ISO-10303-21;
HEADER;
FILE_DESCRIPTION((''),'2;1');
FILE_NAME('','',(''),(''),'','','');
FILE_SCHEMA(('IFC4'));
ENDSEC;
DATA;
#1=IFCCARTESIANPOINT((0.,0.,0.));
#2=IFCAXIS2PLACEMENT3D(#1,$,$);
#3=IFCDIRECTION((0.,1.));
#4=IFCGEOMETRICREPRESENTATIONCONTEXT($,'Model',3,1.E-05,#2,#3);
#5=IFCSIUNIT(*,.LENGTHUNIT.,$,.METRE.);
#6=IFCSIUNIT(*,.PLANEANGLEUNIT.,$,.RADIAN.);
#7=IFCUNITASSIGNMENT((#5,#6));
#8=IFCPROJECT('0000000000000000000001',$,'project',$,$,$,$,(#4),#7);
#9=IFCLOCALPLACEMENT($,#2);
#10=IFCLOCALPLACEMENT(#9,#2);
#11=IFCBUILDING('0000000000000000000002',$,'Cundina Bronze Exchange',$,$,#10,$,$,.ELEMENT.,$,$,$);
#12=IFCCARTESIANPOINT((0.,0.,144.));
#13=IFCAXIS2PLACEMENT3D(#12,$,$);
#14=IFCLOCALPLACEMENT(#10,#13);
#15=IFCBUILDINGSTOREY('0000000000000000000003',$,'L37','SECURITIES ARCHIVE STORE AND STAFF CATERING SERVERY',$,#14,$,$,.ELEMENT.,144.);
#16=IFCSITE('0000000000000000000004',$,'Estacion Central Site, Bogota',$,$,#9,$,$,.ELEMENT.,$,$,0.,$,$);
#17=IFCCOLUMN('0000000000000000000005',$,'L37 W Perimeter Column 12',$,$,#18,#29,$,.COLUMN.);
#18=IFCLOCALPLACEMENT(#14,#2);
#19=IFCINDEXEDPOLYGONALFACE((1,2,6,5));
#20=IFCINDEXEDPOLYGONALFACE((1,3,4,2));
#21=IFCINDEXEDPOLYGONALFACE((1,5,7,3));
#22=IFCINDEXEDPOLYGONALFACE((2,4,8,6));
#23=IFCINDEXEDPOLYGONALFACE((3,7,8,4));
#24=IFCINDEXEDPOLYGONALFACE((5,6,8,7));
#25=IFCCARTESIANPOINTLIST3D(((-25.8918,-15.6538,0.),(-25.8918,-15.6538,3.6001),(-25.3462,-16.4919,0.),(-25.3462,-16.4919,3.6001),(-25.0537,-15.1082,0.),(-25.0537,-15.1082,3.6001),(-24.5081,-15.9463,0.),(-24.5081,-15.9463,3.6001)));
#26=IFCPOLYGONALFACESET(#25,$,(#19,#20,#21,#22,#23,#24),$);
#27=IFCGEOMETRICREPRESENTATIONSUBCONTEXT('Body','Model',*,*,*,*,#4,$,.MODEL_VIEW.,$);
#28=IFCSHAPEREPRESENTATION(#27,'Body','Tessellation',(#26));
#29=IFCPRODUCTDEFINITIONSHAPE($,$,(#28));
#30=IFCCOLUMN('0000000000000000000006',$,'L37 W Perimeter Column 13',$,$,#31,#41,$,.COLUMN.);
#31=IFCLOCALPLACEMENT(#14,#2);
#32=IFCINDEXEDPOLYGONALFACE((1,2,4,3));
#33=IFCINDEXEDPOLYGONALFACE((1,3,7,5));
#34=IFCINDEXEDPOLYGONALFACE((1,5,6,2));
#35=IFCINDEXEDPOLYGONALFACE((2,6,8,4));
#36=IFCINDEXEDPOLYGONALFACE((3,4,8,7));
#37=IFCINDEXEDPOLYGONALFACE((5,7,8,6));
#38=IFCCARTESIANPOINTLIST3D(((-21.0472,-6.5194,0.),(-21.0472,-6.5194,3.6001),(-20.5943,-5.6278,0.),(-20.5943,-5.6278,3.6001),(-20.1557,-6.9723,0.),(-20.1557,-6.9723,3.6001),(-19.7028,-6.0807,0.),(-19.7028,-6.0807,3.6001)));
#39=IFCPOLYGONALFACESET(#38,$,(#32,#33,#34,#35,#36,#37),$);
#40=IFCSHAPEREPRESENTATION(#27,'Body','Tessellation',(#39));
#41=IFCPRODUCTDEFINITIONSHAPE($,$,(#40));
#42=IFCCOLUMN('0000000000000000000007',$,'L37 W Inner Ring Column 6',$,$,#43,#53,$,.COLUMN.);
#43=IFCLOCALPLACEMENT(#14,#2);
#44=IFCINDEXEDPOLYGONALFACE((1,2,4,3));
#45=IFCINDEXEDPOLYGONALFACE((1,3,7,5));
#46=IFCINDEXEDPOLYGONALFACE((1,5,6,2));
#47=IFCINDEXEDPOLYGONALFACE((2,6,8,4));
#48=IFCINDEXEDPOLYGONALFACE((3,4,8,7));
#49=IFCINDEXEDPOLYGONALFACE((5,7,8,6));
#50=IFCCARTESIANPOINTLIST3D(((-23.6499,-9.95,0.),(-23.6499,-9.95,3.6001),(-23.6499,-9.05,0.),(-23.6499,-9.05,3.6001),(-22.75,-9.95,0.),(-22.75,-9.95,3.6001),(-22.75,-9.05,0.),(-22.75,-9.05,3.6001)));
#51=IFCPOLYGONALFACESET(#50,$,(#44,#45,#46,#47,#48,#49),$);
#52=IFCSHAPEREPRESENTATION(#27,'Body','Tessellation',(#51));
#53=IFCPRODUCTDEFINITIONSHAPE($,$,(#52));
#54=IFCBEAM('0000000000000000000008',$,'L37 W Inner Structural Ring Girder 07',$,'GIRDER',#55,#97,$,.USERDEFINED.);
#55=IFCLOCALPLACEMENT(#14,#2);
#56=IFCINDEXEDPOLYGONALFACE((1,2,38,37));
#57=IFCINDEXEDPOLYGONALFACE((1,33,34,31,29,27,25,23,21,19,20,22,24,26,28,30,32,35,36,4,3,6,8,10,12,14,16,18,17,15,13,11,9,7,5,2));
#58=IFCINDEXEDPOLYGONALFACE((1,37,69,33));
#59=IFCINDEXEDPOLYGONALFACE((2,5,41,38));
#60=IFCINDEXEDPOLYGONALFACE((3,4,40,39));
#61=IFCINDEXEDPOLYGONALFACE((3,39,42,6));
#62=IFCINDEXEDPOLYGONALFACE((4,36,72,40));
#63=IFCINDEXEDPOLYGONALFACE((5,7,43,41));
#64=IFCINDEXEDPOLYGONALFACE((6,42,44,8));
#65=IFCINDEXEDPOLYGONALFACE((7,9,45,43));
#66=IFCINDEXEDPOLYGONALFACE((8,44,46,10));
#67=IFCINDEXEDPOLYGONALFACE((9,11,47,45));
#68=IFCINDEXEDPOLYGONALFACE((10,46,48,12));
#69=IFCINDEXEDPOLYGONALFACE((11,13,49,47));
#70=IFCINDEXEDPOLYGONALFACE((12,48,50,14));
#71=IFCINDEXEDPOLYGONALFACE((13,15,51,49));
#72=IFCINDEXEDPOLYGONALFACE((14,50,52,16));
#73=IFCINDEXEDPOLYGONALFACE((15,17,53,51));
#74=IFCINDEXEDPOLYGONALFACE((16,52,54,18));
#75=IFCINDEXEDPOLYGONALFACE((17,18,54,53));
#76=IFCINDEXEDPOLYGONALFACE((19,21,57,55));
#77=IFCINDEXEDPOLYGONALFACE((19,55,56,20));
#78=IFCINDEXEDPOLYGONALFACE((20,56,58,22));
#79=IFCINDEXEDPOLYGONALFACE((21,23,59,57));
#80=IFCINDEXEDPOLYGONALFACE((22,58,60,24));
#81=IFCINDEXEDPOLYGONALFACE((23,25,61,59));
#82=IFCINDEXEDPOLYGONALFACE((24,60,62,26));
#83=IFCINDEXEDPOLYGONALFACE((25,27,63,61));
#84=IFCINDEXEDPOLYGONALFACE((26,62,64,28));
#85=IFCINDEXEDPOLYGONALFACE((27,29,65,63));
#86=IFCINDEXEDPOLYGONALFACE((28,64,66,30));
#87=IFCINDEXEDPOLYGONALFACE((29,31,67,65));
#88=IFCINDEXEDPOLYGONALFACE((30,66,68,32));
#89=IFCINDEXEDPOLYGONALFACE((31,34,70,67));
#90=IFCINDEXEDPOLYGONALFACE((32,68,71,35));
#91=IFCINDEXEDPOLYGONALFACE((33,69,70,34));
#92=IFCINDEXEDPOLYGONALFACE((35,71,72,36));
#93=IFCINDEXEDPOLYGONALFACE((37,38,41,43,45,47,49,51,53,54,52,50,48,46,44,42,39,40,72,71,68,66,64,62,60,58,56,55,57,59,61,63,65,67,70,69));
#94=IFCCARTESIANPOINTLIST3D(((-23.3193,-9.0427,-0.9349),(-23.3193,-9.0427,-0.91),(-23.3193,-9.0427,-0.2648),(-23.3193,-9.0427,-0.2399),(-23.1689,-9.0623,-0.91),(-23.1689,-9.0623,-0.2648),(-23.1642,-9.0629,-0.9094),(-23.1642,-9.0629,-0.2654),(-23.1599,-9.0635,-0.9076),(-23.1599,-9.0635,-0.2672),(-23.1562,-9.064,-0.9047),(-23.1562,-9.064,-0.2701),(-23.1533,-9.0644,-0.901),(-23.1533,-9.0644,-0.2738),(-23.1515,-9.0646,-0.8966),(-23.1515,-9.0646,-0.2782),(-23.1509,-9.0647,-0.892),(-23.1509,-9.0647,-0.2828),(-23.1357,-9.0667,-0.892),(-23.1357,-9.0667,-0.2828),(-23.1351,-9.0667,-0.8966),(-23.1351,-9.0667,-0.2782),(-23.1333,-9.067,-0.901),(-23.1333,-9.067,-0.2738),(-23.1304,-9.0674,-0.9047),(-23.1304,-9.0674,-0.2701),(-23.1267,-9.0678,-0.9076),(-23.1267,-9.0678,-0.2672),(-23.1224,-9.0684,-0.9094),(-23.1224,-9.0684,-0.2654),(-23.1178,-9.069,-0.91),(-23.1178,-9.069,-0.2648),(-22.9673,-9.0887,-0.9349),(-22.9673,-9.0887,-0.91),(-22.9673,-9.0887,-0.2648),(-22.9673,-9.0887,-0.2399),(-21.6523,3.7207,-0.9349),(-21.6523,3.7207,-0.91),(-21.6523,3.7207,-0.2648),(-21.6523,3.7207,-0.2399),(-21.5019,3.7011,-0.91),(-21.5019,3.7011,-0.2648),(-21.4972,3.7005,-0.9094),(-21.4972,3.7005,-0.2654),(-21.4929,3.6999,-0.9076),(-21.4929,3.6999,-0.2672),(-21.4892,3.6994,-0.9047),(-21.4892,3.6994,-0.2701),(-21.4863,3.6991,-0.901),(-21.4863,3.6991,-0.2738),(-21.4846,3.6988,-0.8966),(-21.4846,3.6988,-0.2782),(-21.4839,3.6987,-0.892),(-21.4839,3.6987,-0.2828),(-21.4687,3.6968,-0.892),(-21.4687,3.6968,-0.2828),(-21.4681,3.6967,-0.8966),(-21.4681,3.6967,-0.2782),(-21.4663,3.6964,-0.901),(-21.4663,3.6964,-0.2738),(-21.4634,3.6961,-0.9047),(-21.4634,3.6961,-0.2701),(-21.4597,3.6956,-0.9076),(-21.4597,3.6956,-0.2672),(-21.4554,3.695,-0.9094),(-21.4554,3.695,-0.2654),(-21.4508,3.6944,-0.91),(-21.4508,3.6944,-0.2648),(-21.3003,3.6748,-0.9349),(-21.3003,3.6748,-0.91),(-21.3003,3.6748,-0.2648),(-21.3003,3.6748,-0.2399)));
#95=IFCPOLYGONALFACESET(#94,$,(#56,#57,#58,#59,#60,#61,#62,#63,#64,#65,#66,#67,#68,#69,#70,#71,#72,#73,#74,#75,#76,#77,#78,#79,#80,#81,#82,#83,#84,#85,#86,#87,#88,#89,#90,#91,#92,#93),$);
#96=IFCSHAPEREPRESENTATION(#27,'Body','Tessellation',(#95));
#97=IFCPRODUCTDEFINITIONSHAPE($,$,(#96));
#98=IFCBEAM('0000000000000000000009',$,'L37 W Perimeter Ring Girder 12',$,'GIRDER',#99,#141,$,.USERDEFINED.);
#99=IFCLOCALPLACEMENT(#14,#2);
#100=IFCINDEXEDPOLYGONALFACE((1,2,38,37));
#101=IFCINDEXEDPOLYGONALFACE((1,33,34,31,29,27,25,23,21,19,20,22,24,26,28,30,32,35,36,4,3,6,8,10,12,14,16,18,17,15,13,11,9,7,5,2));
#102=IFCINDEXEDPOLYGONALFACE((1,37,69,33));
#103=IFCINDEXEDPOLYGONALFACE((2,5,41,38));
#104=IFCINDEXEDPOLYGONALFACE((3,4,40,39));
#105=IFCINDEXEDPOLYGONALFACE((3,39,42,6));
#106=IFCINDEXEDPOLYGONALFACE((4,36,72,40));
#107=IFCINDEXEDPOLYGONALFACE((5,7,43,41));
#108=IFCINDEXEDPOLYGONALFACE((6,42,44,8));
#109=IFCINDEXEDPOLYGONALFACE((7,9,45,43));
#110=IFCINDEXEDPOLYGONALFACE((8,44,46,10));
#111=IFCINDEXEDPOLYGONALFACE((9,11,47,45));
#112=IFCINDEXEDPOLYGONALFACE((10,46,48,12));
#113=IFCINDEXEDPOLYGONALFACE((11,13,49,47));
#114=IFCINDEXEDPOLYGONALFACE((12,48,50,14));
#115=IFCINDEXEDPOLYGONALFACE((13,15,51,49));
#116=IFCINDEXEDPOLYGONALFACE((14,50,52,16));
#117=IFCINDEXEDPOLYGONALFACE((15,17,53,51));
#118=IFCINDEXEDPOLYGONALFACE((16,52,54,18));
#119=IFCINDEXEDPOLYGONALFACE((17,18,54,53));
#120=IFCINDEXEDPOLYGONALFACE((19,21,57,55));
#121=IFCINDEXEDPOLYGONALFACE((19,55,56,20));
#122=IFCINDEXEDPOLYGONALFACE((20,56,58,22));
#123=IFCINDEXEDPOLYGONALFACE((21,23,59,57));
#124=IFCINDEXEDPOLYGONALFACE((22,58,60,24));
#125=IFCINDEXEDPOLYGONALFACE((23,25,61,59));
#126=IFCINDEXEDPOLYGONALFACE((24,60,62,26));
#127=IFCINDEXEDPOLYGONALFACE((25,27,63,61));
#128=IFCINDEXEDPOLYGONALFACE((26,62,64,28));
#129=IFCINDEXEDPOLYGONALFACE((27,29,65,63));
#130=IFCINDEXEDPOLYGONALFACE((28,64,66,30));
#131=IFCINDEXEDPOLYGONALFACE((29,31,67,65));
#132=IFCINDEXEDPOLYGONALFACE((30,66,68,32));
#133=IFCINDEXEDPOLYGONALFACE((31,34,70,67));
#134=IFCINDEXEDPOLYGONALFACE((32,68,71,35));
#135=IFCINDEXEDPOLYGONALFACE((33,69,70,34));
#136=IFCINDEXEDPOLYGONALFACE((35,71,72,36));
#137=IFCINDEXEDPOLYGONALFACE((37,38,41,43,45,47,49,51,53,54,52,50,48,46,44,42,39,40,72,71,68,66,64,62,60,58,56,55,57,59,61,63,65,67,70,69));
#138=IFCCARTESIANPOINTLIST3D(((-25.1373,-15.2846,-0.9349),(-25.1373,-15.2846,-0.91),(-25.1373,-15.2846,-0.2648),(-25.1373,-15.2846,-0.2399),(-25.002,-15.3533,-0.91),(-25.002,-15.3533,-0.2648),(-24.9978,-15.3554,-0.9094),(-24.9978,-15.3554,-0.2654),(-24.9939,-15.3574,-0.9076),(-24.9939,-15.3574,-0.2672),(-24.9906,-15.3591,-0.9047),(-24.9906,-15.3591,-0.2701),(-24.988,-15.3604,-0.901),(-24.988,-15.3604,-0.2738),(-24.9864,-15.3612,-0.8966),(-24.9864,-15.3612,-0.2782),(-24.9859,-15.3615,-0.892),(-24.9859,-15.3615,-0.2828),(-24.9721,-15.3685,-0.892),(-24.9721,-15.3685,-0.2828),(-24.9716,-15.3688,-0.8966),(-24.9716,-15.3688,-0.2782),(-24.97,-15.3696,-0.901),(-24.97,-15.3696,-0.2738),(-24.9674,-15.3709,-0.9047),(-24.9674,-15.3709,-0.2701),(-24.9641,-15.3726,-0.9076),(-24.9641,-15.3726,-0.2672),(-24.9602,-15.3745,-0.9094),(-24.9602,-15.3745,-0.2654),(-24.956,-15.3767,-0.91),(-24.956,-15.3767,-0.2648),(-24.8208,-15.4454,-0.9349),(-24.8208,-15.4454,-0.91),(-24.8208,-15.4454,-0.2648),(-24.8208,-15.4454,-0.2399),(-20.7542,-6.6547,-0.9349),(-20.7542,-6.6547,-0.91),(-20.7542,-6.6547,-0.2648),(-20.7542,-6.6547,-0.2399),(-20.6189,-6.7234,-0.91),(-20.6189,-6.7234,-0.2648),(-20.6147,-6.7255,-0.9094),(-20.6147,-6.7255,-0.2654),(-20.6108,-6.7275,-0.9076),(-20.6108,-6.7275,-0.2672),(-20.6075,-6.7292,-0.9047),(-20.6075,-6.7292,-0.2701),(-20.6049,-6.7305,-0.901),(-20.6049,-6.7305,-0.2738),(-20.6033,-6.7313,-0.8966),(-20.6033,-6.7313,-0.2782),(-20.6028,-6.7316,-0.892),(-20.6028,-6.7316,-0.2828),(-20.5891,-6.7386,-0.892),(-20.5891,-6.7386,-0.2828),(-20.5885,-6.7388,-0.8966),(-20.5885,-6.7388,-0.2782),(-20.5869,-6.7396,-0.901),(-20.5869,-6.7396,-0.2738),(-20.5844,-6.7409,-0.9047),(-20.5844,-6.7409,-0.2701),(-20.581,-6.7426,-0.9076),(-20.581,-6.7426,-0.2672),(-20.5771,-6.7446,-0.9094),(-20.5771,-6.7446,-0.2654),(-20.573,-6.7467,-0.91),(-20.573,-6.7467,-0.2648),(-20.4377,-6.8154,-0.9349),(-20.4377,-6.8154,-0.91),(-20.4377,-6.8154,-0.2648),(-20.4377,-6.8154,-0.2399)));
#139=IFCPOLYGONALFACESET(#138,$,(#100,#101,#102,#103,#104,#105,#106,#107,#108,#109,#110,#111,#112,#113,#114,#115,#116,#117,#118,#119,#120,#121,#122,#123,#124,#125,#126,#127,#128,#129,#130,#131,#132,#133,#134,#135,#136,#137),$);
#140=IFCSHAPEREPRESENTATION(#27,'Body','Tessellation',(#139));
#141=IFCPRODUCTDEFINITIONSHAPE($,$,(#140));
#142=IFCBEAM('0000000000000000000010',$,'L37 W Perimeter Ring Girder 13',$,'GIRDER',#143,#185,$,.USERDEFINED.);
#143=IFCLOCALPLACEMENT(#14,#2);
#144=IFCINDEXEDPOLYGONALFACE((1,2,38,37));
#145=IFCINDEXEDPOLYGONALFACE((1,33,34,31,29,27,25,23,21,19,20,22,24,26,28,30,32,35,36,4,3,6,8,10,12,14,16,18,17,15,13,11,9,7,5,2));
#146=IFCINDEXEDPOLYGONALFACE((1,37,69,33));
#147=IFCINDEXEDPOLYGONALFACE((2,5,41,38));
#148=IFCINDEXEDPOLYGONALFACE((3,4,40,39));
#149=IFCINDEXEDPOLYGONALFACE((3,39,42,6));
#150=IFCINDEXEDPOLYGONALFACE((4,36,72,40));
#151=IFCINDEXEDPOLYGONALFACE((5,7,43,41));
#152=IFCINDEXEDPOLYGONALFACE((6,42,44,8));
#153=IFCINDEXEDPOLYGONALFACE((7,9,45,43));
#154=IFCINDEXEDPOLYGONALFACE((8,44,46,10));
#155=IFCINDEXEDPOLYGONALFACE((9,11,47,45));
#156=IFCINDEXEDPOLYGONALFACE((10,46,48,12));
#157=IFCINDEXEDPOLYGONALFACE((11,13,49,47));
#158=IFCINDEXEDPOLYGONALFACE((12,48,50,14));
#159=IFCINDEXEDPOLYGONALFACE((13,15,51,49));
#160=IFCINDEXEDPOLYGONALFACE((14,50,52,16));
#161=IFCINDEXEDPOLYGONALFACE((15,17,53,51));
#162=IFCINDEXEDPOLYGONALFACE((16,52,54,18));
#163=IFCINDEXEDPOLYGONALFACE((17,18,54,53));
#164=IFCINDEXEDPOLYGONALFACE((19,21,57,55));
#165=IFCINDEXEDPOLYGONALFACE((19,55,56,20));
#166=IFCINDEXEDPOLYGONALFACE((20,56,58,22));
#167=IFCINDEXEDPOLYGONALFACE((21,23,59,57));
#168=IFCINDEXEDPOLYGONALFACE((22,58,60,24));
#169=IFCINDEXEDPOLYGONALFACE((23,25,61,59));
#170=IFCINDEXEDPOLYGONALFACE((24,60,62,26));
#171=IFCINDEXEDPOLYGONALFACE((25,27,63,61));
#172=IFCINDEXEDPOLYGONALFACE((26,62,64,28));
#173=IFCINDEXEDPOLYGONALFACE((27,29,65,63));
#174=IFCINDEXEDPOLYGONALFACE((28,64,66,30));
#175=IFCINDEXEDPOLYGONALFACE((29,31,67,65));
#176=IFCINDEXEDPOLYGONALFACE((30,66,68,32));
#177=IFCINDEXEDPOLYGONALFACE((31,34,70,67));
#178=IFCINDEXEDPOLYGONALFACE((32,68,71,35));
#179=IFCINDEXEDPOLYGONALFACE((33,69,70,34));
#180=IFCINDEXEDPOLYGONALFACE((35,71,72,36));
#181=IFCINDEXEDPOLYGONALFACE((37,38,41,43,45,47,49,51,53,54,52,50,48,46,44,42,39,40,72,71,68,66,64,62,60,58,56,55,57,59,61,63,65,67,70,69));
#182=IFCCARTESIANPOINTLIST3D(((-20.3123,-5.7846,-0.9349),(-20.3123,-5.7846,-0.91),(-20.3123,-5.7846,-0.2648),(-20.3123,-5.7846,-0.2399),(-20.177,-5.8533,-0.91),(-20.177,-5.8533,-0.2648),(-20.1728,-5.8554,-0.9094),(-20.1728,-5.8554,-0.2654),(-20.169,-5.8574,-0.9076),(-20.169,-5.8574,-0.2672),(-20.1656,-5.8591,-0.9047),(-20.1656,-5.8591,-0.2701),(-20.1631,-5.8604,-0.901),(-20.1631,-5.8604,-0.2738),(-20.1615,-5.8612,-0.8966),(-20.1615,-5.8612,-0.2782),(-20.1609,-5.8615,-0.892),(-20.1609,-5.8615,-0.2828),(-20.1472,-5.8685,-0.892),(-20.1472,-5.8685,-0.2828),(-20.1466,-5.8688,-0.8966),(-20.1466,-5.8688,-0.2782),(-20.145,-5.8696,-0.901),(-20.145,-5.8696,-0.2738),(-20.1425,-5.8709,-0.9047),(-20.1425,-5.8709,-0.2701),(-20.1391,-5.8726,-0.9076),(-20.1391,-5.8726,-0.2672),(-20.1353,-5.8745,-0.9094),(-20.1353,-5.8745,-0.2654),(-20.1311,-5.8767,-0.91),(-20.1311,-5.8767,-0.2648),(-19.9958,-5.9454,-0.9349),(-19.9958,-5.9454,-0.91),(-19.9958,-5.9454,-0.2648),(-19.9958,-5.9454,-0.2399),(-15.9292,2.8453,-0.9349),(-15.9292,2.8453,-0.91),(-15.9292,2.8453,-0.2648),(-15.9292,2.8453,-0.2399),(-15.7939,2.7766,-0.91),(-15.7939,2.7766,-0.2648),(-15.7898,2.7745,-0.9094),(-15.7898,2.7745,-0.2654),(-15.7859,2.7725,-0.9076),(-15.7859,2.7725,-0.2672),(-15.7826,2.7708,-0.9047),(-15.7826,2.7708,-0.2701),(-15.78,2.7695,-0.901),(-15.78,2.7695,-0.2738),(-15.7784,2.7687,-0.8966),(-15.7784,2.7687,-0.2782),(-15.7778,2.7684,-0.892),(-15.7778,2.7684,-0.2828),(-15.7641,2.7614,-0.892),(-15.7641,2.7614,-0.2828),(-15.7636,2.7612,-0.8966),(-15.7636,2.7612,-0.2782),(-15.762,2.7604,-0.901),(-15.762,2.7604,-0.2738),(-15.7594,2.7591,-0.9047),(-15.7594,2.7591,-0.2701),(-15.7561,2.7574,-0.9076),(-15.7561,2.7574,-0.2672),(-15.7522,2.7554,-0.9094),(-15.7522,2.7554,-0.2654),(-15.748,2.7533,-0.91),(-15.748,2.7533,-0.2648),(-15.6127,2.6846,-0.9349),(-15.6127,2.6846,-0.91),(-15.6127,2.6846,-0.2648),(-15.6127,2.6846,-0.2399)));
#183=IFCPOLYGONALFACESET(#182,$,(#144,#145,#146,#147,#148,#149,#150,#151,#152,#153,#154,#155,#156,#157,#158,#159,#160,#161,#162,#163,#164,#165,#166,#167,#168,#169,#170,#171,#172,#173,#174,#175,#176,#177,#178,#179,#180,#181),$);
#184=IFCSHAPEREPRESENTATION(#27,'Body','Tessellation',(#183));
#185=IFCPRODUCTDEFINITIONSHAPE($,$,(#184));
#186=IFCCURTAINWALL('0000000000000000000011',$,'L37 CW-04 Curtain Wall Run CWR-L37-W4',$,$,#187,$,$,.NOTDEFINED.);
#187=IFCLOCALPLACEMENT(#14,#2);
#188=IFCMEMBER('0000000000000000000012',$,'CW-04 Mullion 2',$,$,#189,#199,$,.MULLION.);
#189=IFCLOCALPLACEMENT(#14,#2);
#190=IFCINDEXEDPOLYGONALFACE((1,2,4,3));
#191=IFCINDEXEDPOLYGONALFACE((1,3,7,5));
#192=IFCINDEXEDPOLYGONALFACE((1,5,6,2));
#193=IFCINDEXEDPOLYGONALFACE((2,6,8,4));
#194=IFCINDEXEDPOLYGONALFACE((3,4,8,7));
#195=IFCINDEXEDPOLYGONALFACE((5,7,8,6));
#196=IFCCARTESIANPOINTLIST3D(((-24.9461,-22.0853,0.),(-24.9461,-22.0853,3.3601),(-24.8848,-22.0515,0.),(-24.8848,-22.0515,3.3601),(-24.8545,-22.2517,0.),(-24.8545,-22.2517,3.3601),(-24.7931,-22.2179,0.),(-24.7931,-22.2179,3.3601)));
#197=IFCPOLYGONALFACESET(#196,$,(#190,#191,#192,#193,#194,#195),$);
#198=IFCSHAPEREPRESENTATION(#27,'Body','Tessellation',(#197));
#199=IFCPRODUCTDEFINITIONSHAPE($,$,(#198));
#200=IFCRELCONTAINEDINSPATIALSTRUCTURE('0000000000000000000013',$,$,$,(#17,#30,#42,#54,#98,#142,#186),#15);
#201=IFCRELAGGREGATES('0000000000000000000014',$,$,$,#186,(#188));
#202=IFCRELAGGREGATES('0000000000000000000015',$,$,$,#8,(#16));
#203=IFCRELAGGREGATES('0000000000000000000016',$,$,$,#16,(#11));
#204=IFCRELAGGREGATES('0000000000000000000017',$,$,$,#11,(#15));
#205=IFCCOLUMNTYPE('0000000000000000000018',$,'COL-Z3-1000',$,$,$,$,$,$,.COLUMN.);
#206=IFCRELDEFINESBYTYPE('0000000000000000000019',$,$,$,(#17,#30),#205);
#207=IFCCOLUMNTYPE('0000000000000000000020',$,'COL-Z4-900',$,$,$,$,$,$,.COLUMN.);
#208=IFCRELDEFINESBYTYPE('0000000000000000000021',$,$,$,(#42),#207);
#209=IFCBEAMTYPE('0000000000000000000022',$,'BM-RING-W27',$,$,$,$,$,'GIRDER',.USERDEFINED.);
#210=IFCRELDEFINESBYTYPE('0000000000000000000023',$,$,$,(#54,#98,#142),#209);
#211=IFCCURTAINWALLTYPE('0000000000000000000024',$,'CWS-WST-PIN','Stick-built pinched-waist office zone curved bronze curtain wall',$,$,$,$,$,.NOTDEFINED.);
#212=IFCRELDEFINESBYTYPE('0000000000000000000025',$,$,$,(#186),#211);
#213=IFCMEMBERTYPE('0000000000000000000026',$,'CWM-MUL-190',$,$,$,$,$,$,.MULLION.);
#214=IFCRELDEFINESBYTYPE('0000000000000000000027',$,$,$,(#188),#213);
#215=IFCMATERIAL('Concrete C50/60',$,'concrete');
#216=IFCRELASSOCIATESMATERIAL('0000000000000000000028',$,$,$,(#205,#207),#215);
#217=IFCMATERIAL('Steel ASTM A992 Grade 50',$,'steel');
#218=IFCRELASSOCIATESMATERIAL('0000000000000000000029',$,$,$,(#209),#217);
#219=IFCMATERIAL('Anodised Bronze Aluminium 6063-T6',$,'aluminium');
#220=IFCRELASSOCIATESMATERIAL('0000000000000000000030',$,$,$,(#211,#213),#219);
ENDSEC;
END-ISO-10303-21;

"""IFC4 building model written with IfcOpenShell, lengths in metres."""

from ifc_helpers import new_model, si_unit, direction, frame, origin, origin_2d, place, context, subcontext, project, spatial, rectangle, i_section, extrude, material, material_profile, profile_set, type_object, element, aggregate, save


model = new_model("IFC4")

# Units and contexts
model_context = context("Model", 3, precision=1e-05, world=origin(), true_north=direction((0.0, 1.0)))
body_context = subcontext(model_context, "Body", "Model", "MODEL_VIEW")
ifc_project = project(units=[si_unit("LENGTHUNIT", "METRE"), si_unit("PLANEANGLEUNIT", "RADIAN")], contexts=[model_context])

# Site, building, storey
site_placement = place(None, origin())
site = spatial("IfcSite", under=ifc_project, at=site_placement, Name="Estacion Central Site, Bogota", CompositionType="ELEMENT", RefElevation=0.0)
building_placement = place(site_placement, origin())
building = spatial("IfcBuilding", under=site, at=building_placement, Name="Cundina Bronze Exchange", CompositionType="ELEMENT")
storey_placement = place(building_placement, frame((0.0, 0.0, 144.0)))
storey = spatial("IfcBuildingStorey", under=building, at=storey_placement, Name="L37", Description="SECURITIES ARCHIVE STORE AND STAFF CATERING SERVERY", CompositionType="ELEMENT", Elevation=144.0)

# Columns
ifc_material_1 = material(Name="Concrete C50/60", Category="concrete")
ifc_material_profile_1 = material_profile(ifc_material_1, rectangle(XDim=1.0, YDim=1.0, at=origin_2d()), Name="RC1000X1000", Category="concrete")
ifc_profile_set_1 = profile_set([ifc_material_profile_1], Name="Concrete C50/60")
column_type_1 = type_object("IfcColumnType", Name="COL-Z3-1000", PredefinedType="COLUMN", material=ifc_profile_set_1)
for number, where, z_axis, x_axis, name in (
    (1, (-25.2, -15.8, 0.0), (0.0, 0.0, 1.0), (0.8381, 0.545517, 0.0), "L37 W Perimeter Column 12"),
    (2, (-20.375, -6.3, 0.0), (0.0, 0.0, 1.0), (0.452902, 0.891561, 0.0), "L37 W Perimeter Column 13"),
):
    element("IfcColumn", number, at=place(storey_placement, frame(where, z_axis=z_axis, x_axis=x_axis)), inside=storey, type_object=column_type_1, Name=name, PredefinedType="COLUMN", context=body_context, shape_type="SweptSolid", body=[
        extrude(rectangle(XDim=1.0, YDim=1.0, at=origin_2d()), origin(), (0.0, 0.0, 1.0), 3.6001),
    ])
ifc_material_profile_2 = material_profile(ifc_material_1, rectangle(XDim=0.8999, YDim=0.8999, at=origin_2d()), Name="RC900X900", Category="concrete")
ifc_profile_set_2 = profile_set([ifc_material_profile_2], Name="Concrete C50/60")
column_type_2 = type_object("IfcColumnType", Name="COL-Z4-900", PredefinedType="COLUMN", material=ifc_profile_set_2)
column_placement = place(storey_placement, frame((-23.2, -9.5, 0.0), z_axis=(0.0, 0.0, 1.0), x_axis=(1.0, 0.0, 0.0)))
element("IfcColumn", 3, at=column_placement, inside=storey, type_object=column_type_2, Name="L37 W Inner Ring Column 6", PredefinedType="COLUMN", context=body_context, shape_type="SweptSolid", body=[
    extrude(rectangle(XDim=0.8999, YDim=0.8999, at=origin_2d()), origin(), (0.0, 0.0, 1.0), 3.6001),
])

# Beams
ifc_material_2 = material(Name="Steel ASTM A992 Grade 50", Category="steel")
ifc_material_profile_3 = material_profile(ifc_material_2, i_section(OverallWidth=0.355, OverallDepth=0.6951, WebThickness=0.0154, FlangeThickness=0.0249, FilletRadius=0.0181, at=origin_2d()), Name="W27X146", Category="steel")
ifc_profile_set_3 = profile_set([ifc_material_profile_3], Name="Steel ASTM A992 Grade 50")
beam_type = type_object("IfcBeamType", Name="BM-RING-W27", ElementType="GIRDER", PredefinedType="USERDEFINED", material=ifc_profile_set_3)
beam_placement = place(storey_placement, frame((-23.1433, -9.0657, -0.5874), z_axis=(0.129507, 0.991579, 0.0), x_axis=(-0.991579, 0.129507, 0.0)))
element("IfcBeam", 4, at=beam_placement, inside=storey, type_object=beam_type, Name="L37 W Inner Structural Ring Girder 07", ObjectType="GIRDER", PredefinedType="USERDEFINED", context=body_context, shape_type="SweptSolid", body=[
    extrude(i_section(OverallWidth=0.355, OverallDepth=0.6951, WebThickness=0.0154, FlangeThickness=0.0249, FilletRadius=0.0181, at=origin_2d()), origin(), (0.0, 0.0, 1.0), 12.8718),
])
for number, where, z_axis, x_axis, name in (
    (5, (-24.979, -15.365, -0.5874), (0.452835, 0.891595, 0.0), (-0.891595, 0.452835, 0.0), "L37 W Perimeter Ring Girder 12"),
    (6, (-20.1541, -5.865, -0.5874), (0.452835, 0.891595, 0.0), (-0.891595, 0.452835, 0.0), "L37 W Perimeter Ring Girder 13"),
):
    element("IfcBeam", number, at=place(storey_placement, frame(where, z_axis=z_axis, x_axis=x_axis)), inside=storey, type_object=beam_type, Name=name, ObjectType="GIRDER", PredefinedType="USERDEFINED", context=body_context, shape_type="SweptSolid", body=[
        extrude(i_section(OverallWidth=0.355, OverallDepth=0.6951, WebThickness=0.0154, FlangeThickness=0.0249, FilletRadius=0.0181, at=origin_2d()), origin(), (0.0, 0.0, 1.0), 9.6792),
    ])

# Curtain wall, member
ifc_material_3 = material(Name="Anodised Bronze Aluminium 6063-T6", Category="aluminium")
curtain_wall_type = type_object("IfcCurtainWallType", Name="CWS-WST-PIN", Description="Stick-built pinched-waist office zone curved bronze curtain wall", PredefinedType="NOTDEFINED", material=ifc_material_3)
curtain_wall_placement = place(storey_placement, origin())
curtain_wall = element("IfcCurtainWall", 7, at=curtain_wall_placement, inside=storey, type_object=curtain_wall_type, Name="L37 CW-04 Curtain Wall Run CWR-L37-W4", PredefinedType="NOTDEFINED")
ifc_material_profile_4 = material_profile(ifc_material_3, rectangle(XDim=0.0701, YDim=0.1899, at=origin_2d()), Name="AL70X190", Category="aluminium")
ifc_profile_set_4 = profile_set([ifc_material_profile_4], Name="Anodised Bronze Aluminium 6063-T6")
member_type_1 = type_object("IfcMemberType", Name="CWM-MUL-190", PredefinedType="MULLION", material=ifc_profile_set_4)
member_1_placement = place(storey_placement, frame((-24.8696, -22.1516, 0.0), z_axis=(0.0, 0.0, 1.0), x_axis=(0.875886, 0.482518, 0.0)))
member_1 = element("IfcMember", 8, at=member_1_placement, type_object=member_type_1, Name="CW-04 Mullion 2", PredefinedType="MULLION", context=body_context, shape_type="SweptSolid", body=[
    extrude(rectangle(XDim=0.0701, YDim=0.1899, at=origin_2d()), origin(), (0.0, 0.0, 1.0), 3.3601),
])
aggregate(curtain_wall, [member_1])

save(model, "model.ifc")
